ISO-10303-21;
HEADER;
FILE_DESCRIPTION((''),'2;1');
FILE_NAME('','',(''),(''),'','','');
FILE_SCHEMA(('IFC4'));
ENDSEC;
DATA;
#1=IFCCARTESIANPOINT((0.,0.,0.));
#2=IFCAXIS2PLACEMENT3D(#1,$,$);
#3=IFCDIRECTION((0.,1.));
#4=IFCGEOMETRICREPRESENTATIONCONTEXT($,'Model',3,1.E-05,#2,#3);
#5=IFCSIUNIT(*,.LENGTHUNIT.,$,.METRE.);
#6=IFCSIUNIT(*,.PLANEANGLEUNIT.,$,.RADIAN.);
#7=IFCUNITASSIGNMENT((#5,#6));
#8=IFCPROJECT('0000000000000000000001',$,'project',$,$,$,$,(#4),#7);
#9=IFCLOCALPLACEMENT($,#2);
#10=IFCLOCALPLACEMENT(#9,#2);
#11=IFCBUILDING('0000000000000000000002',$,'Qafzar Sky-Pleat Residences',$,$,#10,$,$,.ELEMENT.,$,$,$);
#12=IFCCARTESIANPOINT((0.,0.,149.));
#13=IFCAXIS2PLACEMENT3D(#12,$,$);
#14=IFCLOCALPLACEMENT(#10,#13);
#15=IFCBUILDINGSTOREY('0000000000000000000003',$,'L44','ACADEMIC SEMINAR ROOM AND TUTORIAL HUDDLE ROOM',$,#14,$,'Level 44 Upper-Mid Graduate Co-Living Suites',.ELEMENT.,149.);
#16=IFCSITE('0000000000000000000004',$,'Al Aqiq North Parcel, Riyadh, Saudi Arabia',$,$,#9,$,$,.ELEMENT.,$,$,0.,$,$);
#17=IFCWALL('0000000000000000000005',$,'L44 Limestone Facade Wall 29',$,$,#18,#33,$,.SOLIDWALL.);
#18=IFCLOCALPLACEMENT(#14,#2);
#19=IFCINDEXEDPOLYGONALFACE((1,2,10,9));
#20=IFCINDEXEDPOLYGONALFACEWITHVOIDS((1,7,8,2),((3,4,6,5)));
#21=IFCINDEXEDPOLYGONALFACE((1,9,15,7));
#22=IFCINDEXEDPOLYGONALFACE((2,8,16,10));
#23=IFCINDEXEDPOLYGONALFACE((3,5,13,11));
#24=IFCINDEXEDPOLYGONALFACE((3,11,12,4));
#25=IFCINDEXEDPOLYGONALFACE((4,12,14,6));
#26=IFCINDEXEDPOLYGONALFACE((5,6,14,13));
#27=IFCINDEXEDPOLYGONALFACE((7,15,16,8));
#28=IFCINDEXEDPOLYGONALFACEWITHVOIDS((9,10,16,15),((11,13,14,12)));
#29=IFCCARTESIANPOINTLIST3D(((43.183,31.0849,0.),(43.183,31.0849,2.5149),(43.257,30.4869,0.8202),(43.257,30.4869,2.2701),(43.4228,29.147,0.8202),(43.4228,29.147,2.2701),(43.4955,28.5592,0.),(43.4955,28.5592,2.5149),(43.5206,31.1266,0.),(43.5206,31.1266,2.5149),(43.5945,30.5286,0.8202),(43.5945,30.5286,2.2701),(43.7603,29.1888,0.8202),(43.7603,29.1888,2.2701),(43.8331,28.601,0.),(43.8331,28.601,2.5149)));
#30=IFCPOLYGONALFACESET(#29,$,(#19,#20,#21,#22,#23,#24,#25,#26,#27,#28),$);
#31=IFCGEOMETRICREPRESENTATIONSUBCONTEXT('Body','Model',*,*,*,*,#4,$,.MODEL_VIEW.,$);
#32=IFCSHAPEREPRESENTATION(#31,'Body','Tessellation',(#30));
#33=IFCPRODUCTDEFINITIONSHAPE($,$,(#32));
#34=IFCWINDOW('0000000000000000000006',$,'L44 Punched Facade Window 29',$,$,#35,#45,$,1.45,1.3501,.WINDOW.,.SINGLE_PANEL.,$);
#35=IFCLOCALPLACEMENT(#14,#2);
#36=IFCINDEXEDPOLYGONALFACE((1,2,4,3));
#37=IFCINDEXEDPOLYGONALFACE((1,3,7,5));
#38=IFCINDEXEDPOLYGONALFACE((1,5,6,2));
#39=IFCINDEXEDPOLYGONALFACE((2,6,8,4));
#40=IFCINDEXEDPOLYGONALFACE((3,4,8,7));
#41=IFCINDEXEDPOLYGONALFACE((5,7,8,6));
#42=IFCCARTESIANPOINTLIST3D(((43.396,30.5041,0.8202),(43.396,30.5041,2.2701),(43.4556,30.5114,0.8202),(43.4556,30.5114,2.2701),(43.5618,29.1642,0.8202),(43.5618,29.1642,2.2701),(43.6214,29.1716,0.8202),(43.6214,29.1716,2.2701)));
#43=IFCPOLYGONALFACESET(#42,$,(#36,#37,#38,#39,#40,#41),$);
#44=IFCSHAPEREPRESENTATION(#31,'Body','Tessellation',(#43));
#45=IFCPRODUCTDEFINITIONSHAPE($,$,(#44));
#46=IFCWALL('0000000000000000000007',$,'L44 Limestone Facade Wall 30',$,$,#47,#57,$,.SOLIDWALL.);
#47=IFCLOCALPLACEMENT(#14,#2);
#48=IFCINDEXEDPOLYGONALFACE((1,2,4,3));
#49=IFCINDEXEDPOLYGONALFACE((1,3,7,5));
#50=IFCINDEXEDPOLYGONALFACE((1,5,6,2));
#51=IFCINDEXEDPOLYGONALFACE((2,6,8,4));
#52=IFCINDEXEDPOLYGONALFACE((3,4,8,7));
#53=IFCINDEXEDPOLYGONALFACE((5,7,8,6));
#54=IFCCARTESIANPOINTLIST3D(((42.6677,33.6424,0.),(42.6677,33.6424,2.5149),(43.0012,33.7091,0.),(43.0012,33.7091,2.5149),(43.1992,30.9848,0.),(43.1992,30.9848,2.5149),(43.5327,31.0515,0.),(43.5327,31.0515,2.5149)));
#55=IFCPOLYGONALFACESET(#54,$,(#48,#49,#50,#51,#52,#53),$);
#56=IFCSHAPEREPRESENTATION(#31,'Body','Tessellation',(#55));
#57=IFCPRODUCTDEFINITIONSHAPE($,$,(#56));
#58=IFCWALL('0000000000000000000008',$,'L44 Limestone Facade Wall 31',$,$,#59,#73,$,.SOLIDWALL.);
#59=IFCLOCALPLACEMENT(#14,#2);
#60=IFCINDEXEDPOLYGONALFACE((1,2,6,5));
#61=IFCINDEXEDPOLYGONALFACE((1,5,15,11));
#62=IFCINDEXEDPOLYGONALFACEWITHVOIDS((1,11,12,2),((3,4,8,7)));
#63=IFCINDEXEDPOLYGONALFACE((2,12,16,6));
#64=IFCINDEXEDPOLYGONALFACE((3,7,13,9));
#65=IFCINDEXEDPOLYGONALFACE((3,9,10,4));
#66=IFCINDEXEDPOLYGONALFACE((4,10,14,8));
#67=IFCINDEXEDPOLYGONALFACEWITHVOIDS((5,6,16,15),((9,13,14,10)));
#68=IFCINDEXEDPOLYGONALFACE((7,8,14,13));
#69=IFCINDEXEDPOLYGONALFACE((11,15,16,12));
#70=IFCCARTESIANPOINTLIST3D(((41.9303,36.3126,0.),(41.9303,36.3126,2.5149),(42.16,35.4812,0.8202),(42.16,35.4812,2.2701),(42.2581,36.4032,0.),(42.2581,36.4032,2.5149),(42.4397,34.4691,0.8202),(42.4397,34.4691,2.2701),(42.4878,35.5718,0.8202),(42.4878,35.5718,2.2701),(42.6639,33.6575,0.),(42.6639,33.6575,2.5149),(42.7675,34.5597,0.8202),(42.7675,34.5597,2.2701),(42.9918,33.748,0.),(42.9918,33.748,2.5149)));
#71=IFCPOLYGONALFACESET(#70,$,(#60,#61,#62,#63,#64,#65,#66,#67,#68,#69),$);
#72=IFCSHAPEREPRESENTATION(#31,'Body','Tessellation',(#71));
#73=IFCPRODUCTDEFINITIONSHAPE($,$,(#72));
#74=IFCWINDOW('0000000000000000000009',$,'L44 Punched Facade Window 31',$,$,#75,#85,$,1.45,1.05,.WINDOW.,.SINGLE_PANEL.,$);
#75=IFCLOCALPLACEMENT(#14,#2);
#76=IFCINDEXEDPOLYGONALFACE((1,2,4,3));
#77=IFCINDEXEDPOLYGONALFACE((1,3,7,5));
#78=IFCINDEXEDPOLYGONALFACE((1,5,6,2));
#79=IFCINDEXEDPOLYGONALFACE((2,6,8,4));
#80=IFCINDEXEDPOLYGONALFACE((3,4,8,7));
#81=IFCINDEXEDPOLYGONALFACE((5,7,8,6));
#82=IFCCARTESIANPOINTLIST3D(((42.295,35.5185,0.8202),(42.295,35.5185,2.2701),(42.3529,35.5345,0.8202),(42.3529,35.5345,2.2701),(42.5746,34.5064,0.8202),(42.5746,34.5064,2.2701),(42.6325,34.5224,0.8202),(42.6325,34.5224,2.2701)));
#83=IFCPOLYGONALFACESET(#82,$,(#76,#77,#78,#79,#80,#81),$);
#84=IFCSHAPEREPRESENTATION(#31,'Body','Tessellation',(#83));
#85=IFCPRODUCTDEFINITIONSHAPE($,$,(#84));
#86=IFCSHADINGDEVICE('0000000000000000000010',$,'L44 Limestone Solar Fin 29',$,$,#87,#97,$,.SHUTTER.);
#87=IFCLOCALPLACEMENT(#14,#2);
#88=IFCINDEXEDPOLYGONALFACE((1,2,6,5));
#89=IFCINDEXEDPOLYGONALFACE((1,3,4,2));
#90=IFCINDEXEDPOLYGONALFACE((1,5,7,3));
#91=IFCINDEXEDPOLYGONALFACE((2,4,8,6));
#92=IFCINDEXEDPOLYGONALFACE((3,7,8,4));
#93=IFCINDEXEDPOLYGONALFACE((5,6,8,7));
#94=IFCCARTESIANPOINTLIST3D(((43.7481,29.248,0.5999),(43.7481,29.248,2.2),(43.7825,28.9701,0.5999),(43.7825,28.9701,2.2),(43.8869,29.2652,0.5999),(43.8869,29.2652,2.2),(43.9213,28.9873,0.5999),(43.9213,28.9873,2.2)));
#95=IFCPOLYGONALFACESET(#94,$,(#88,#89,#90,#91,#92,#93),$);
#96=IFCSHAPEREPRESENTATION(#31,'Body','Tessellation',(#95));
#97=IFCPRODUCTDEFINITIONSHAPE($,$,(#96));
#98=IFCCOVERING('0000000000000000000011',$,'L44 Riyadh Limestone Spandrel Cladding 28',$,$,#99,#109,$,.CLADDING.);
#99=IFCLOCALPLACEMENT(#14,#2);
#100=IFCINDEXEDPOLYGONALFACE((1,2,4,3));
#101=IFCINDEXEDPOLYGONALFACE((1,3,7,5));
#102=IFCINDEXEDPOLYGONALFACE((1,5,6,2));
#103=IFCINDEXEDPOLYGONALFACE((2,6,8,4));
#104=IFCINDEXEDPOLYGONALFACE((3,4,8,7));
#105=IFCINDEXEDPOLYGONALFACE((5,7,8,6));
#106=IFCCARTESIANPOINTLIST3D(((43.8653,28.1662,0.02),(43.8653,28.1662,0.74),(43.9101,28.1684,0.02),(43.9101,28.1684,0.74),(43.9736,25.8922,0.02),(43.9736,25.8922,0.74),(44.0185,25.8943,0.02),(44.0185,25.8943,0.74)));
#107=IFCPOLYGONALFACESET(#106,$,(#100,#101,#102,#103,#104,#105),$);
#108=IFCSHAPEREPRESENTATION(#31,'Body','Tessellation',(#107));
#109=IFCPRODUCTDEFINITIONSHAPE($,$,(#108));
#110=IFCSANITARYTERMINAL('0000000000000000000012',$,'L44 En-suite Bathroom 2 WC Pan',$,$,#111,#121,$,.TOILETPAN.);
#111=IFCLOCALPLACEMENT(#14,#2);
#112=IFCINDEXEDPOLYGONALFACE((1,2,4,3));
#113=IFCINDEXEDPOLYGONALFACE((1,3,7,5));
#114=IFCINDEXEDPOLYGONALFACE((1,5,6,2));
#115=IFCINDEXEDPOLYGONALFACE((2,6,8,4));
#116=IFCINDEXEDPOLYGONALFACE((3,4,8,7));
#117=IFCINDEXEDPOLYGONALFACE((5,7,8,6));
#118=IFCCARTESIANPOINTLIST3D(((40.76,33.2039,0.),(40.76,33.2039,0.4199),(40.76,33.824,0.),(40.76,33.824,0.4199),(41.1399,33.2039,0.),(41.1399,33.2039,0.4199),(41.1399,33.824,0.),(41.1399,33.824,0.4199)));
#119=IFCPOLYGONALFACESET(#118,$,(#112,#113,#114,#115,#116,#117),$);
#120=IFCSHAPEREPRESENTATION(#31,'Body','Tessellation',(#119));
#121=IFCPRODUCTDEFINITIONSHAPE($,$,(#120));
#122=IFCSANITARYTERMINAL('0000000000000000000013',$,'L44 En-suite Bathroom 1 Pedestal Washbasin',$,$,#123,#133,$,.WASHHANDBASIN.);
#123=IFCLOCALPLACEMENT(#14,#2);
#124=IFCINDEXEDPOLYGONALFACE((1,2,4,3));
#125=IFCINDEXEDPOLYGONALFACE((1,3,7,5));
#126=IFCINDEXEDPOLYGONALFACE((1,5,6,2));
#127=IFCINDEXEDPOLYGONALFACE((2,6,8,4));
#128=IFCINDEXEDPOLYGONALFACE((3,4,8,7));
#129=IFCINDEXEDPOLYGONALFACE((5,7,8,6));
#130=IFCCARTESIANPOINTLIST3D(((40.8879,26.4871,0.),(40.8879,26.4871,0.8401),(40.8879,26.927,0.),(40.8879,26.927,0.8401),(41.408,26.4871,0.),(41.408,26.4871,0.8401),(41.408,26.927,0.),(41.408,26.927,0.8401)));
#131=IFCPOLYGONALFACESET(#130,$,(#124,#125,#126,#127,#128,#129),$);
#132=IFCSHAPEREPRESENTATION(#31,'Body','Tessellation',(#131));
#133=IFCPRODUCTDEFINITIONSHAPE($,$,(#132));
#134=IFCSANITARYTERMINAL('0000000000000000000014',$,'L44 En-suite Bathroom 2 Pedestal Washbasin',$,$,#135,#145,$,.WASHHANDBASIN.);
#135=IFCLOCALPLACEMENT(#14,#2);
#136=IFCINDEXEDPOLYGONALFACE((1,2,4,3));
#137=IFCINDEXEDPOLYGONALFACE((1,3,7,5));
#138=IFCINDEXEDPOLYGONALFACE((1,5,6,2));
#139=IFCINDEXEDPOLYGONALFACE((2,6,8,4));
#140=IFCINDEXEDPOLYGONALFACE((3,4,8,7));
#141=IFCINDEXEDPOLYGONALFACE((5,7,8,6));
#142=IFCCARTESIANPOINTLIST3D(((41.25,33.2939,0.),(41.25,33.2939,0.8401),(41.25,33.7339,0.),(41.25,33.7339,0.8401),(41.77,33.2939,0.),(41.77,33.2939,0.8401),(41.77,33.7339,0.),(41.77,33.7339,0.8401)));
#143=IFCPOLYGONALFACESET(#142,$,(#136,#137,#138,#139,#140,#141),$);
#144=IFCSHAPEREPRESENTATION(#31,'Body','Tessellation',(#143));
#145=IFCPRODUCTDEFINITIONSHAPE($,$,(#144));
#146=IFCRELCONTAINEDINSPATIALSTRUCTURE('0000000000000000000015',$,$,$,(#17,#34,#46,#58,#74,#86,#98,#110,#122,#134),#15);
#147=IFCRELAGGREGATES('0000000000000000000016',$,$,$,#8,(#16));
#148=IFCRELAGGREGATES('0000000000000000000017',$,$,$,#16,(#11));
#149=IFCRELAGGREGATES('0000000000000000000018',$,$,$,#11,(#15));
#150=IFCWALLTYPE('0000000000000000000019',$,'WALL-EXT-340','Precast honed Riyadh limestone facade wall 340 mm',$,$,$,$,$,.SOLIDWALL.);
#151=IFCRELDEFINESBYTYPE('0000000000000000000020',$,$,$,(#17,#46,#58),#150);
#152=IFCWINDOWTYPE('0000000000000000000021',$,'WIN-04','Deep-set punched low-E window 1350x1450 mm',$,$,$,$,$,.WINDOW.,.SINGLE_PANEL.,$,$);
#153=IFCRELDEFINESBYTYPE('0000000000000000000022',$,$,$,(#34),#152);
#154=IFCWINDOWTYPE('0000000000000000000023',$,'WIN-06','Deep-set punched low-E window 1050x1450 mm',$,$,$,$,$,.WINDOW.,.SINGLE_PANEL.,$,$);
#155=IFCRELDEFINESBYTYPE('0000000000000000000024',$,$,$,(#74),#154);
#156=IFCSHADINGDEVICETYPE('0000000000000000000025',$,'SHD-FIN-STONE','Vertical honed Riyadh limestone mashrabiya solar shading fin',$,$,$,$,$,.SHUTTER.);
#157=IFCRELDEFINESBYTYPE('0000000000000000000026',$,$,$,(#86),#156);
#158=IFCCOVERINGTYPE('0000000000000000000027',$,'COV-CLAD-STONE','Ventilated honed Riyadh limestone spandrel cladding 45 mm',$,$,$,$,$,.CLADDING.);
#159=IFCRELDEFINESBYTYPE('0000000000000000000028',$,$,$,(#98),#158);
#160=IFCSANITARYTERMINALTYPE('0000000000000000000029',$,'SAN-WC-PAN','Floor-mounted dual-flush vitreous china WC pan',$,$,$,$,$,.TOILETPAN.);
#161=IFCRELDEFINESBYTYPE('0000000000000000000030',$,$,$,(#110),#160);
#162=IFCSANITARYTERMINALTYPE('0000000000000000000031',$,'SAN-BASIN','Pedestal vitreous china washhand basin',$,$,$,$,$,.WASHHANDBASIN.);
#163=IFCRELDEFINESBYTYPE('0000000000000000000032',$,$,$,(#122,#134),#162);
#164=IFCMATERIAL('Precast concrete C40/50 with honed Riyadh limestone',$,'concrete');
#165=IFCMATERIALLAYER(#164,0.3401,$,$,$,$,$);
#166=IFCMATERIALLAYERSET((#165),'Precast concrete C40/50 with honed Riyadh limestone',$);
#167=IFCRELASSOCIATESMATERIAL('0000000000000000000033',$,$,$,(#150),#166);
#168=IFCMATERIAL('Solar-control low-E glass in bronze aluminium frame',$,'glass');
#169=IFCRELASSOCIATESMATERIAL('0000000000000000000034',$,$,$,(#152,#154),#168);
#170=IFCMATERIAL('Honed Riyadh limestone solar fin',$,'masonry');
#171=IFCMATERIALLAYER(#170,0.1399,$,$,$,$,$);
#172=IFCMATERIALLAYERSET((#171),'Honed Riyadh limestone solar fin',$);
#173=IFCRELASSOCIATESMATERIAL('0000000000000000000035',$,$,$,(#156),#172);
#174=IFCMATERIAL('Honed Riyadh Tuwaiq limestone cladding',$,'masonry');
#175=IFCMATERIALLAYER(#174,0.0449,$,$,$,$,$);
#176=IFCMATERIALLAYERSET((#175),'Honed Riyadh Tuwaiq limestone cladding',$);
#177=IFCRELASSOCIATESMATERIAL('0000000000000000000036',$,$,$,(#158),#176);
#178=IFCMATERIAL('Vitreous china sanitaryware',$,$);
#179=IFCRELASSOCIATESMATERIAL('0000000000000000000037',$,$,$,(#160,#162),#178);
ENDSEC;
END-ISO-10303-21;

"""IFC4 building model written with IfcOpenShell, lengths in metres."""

from ifc_helpers import new_model, si_unit, direction, frame, frame_2d, origin, origin_2d, place, context, subcontext, project, spatial, rectangle, extrude, source, transform, mapped, material, layer, layer_set, type_object, element, fill, save


model = new_model("IFC4")

# Units and contexts
model_context = context("Model", 3, precision=1e-05, world=origin(), true_north=direction((0.0, 1.0)))
body_context = subcontext(model_context, "Body", "Model", "MODEL_VIEW")
ifc_project = project(units=[si_unit("LENGTHUNIT", "METRE"), si_unit("PLANEANGLEUNIT", "RADIAN")], contexts=[model_context])

# Site, building, storey
site_placement = place(None, origin())
site = spatial("IfcSite", under=ifc_project, at=site_placement, Name="Al Aqiq North Parcel, Riyadh, Saudi Arabia", CompositionType="ELEMENT", RefElevation=0.0)
building_placement = place(site_placement, origin())
building = spatial("IfcBuilding", under=site, at=building_placement, Name="Qafzar Sky-Pleat Residences", CompositionType="ELEMENT")
storey_placement = place(building_placement, frame((0.0, 0.0, 149.0)))
storey = spatial("IfcBuildingStorey", under=building, at=storey_placement, Name="L44", Description="ACADEMIC SEMINAR ROOM AND TUTORIAL HUDDLE ROOM", LongName="Level 44 Upper-Mid Graduate Co-Living Suites", CompositionType="ELEMENT", Elevation=149.0)

# Wall, opening, window
ifc_material_1 = material(Name="Precast concrete C40/50 with honed Riyadh limestone", Category="concrete")
ifc_layer_1 = layer(ifc_material_1, 0.3401)
ifc_layer_set_1 = layer_set([ifc_layer_1], Name="Precast concrete C40/50 with honed Riyadh limestone")
wall_type_1 = type_object("IfcWallType", Name="WALL-EXT-340", Description="Precast honed Riyadh limestone facade wall 340 mm", PredefinedType="SOLIDWALL", material=ifc_layer_set_1)
wall_1_placement = place(storey_placement, frame((43.6643, 28.5801, 0.0), z_axis=(0.0, 0.0, 1.0), x_axis=(-0.122795, 0.992432, 0.0)))
wall_1 = element("IfcWall", 1, at=wall_1_placement, inside=storey, type_object=wall_type_1, Name="L44 Limestone Facade Wall 29", PredefinedType="SOLIDWALL", context=body_context, shape_type="SweptSolid", body=[
    extrude(rectangle(XDim=2.5449, YDim=0.3401, at=frame_2d((1.2725, 0.0))), origin(), (0.0, 0.0, 1.0), 2.5149),
])
opening_1_placement = place(wall_1_placement, frame((0.5923, 0.0, 0.8201)))
opening_1 = element("IfcOpeningElement", 2, at=opening_1_placement, cuts=wall_1, PredefinedType="OPENING", context=body_context, shape_type="SweptSolid", body=[
    extrude(rectangle(XDim=1.3501, YDim=1.45, at=frame_2d((0.675, 0.7251))), frame((0.0, 0.1802, 0.0), z_axis=(0.0, -1.0, 0.0), x_axis=(1.0, 0.0, 0.0)), (0.0, 0.0, 1.0), 0.3601),
])
ifc_material_2 = material(Name="Solar-control low-E glass in bronze aluminium frame", Category="glass")
window_type_1 = type_object("IfcWindowType", Name="WIN-04", Description="Deep-set punched low-E window 1350x1450 mm", PartitioningType="SINGLE_PANEL", PredefinedType="WINDOW", material=ifc_material_2)
shared_shape_1 = source(origin(), body_context, "Body", "SweptSolid", [
    extrude(rectangle(XDim=1.3501, YDim=1.45, at=frame_2d((0.675, 0.7251))), frame((0.0, 0.03, 0.0), z_axis=(0.0, -1.0, 0.0), x_axis=(1.0, 0.0, 0.0)), (0.0, 0.0, 1.0), 0.0601),
])
window_1_placement = place(opening_1_placement, origin())
window_1 = element("IfcWindow", 3, at=window_1_placement, inside=storey, type_object=window_type_1, Name="L44 Punched Facade Window 29", OverallHeight=1.45, OverallWidth=1.3501, PartitioningType="SINGLE_PANEL", PredefinedType="WINDOW", context=body_context, shape_type="MappedRepresentation", body=[
    mapped(shared_shape_1, transform((0.0, 0.0, 0.0), x_axis=(1.0, 0.0, 0.0), y_axis=(0.0, 1.0, 0.0), z_axis=(0.0, 0.0, 1.0), scale=1.0)),
])
fill(opening_1, window_1)

# Wall
wall_2_placement = place(storey_placement, frame((43.366, 31.0183, 0.0), z_axis=(0.0, 0.0, 1.0), x_axis=(-0.196116, 0.980581, 0.0)))
element("IfcWall", 4, at=wall_2_placement, inside=storey, type_object=wall_type_1, Name="L44 Limestone Facade Wall 30", PredefinedType="SOLIDWALL", context=body_context, shape_type="SweptSolid", body=[
    extrude(rectangle(XDim=2.7102, YDim=0.3401, at=frame_2d((1.355, 0.0))), origin(), (0.0, 0.0, 1.0), 2.5149),
])

# Wall, opening, window
wall_3_placement = place(storey_placement, frame((42.8279, 33.7026, 0.0), z_axis=(0.0, 0.0, 1.0), x_axis=(-0.266341, 0.963879, 0.0)))
wall_3 = element("IfcWall", 5, at=wall_3_placement, inside=storey, type_object=wall_type_1, Name="L44 Limestone Facade Wall 31", PredefinedType="SOLIDWALL", context=body_context, shape_type="SweptSolid", body=[
    extrude(rectangle(XDim=2.7546, YDim=0.3401, at=frame_2d((1.3774, 0.0))), origin(), (0.0, 0.0, 1.0), 2.5149),
])
opening_2_placement = place(wall_3_placement, frame((0.8423, 0.0, 0.8201)))
opening_2 = element("IfcOpeningElement", 6, at=opening_2_placement, cuts=wall_3, PredefinedType="OPENING", context=body_context, shape_type="SweptSolid", body=[
    extrude(rectangle(XDim=1.05, YDim=1.45, at=frame_2d((0.5249, 0.7251))), frame((0.0, 0.1802, 0.0), z_axis=(0.0, -1.0, 0.0), x_axis=(1.0, 0.0, 0.0)), (0.0, 0.0, 1.0), 0.3601),
])
window_type_2 = type_object("IfcWindowType", Name="WIN-06", Description="Deep-set punched low-E window 1050x1450 mm", PartitioningType="SINGLE_PANEL", PredefinedType="WINDOW", material=ifc_material_2)
shared_shape_2 = source(origin(), body_context, "Body", "SweptSolid", [
    extrude(rectangle(XDim=1.05, YDim=1.45, at=frame_2d((0.5249, 0.7251))), frame((0.0, 0.03, 0.0), z_axis=(0.0, -1.0, 0.0), x_axis=(1.0, 0.0, 0.0)), (0.0, 0.0, 1.0), 0.0601),
])
window_2_placement = place(opening_2_placement, origin())
window_2 = element("IfcWindow", 7, at=window_2_placement, inside=storey, type_object=window_type_2, Name="L44 Punched Facade Window 31", OverallHeight=1.45, OverallWidth=1.05, PartitioningType="SINGLE_PANEL", PredefinedType="WINDOW", context=body_context, shape_type="MappedRepresentation", body=[
    mapped(shared_shape_2, transform((0.0, 0.0, 0.0), x_axis=(1.0, 0.0, 0.0), y_axis=(0.0, 1.0, 0.0), z_axis=(0.0, 0.0, 1.0), scale=1.0)),
])
fill(opening_2, window_2)

# Shading device
ifc_material_3 = material(Name="Honed Riyadh limestone solar fin", Category="masonry")
ifc_layer_2 = layer(ifc_material_3, 0.1399)
ifc_layer_set_2 = layer_set([ifc_layer_2], Name="Honed Riyadh limestone solar fin")
shading_device_type = type_object("IfcShadingDeviceType", Name="SHD-FIN-STONE", Description="Vertical honed Riyadh limestone mashrabiya solar shading fin", PredefinedType="SHUTTER", material=ifc_layer_set_2)
shared_shape_3 = source(origin(), body_context, "Body", "SweptSolid", [
    extrude(rectangle(XDim=0.1399, YDim=0.28, at=origin_2d()), origin(), (0.0, 0.0, 1.0), 1.6001),
])
shading_device_placement = place(storey_placement, frame((43.8347, 29.1177, 0.5999), z_axis=(0.0, 0.0, 1.0), x_axis=(0.992426, 0.122846, 0.0)))
element("IfcShadingDevice", 8, at=shading_device_placement, inside=storey, type_object=shading_device_type, Name="L44 Limestone Solar Fin 29", PredefinedType="SHUTTER", context=body_context, shape_type="MappedRepresentation", body=[
    mapped(shared_shape_3, transform((0.0, 0.0, 0.0), x_axis=(1.0, 0.0, 0.0), y_axis=(0.0, 1.0, 0.0), z_axis=(0.0, 0.0, 1.0), scale=1.0)),
])

# Covering
ifc_material_4 = material(Name="Honed Riyadh Tuwaiq limestone cladding", Category="masonry")
ifc_layer_3 = layer(ifc_material_4, 0.0449)
ifc_layer_set_3 = layer_set([ifc_layer_3], Name="Honed Riyadh Tuwaiq limestone cladding")
covering_type = type_object("IfcCoveringType", Name="COV-CLAD-STONE", Description="Ventilated honed Riyadh limestone spandrel cladding 45 mm", PredefinedType="CLADDING", material=ifc_layer_set_3)
shared_shape_4 = source(origin(), body_context, "Body", "SweptSolid", [
    extrude(rectangle(XDim=2.2766, YDim=0.0449, at=origin_2d()), origin(), (0.0, 0.0, 1.0), 0.72),
])
covering_placement = place(storey_placement, frame((43.9419, 27.0303, 0.02), z_axis=(0.0, 0.0, 1.0), x_axis=(-0.047597, 0.998867, 0.0)))
element("IfcCovering", 9, at=covering_placement, inside=storey, type_object=covering_type, Name="L44 Riyadh Limestone Spandrel Cladding 28", PredefinedType="CLADDING", context=body_context, shape_type="MappedRepresentation", body=[
    mapped(shared_shape_4, transform((0.0, 0.0, 0.0), x_axis=(1.0, 0.0, 0.0), y_axis=(0.0, 1.0, 0.0), z_axis=(0.0, 0.0, 1.0), scale=1.0)),
])

# Sanitary terminals
ifc_material_5 = material(Name="Vitreous china sanitaryware")
sanitary_terminal_type_1 = type_object("IfcSanitaryTerminalType", Name="SAN-WC-PAN", Description="Floor-mounted dual-flush vitreous china WC pan", PredefinedType="TOILETPAN", material=ifc_material_5)
shared_shape_5 = source(origin(), body_context, "Body", "SweptSolid", [
    extrude(rectangle(XDim=0.3799, YDim=0.6201, at=origin_2d()), origin(), (0.0, 0.0, 1.0), 0.4199),
])
sanitary_terminal_placement = place(storey_placement, frame((40.95, 33.5139, 0.0), z_axis=(0.0, 0.0, 1.0), x_axis=(1.0, 0.0, 0.0)))
element("IfcSanitaryTerminal", 10, at=sanitary_terminal_placement, inside=storey, type_object=sanitary_terminal_type_1, Name="L44 En-suite Bathroom 2 WC Pan", PredefinedType="TOILETPAN", context=body_context, shape_type="MappedRepresentation", body=[
    mapped(shared_shape_5, transform((0.0, 0.0, 0.0), x_axis=(1.0, 0.0, 0.0), y_axis=(0.0, 1.0, 0.0), z_axis=(0.0, 0.0, 1.0), scale=1.0)),
])
sanitary_terminal_type_2 = type_object("IfcSanitaryTerminalType", Name="SAN-BASIN", Description="Pedestal vitreous china washhand basin", PredefinedType="WASHHANDBASIN", material=ifc_material_5)
shared_shape_6 = source(origin(), body_context, "Body", "SweptSolid", [
    extrude(rectangle(XDim=0.52, YDim=0.4399, at=origin_2d()), origin(), (0.0, 0.0, 1.0), 0.8401),
])
for number, where, z_axis, x_axis, name in (
    (11, (41.1479, 26.707, 0.0), (0.0, 0.0, 1.0), (1.0, 0.0, 0.0), "L44 En-suite Bathroom 1 Pedestal Washbasin"),
    (12, (41.51, 33.5139, 0.0), (0.0, 0.0, 1.0), (1.0, 0.0, 0.0), "L44 En-suite Bathroom 2 Pedestal Washbasin"),
):
    element("IfcSanitaryTerminal", number, at=place(storey_placement, frame(where, z_axis=z_axis, x_axis=x_axis)), inside=storey, type_object=sanitary_terminal_type_2, Name=name, PredefinedType="WASHHANDBASIN", context=body_context, shape_type="MappedRepresentation", body=[
        mapped(shared_shape_6, transform((0.0, 0.0, 0.0), x_axis=(1.0, 0.0, 0.0), y_axis=(0.0, 1.0, 0.0), z_axis=(0.0, 0.0, 1.0), scale=1.0)),
    ])

save(model, "model.ifc")
